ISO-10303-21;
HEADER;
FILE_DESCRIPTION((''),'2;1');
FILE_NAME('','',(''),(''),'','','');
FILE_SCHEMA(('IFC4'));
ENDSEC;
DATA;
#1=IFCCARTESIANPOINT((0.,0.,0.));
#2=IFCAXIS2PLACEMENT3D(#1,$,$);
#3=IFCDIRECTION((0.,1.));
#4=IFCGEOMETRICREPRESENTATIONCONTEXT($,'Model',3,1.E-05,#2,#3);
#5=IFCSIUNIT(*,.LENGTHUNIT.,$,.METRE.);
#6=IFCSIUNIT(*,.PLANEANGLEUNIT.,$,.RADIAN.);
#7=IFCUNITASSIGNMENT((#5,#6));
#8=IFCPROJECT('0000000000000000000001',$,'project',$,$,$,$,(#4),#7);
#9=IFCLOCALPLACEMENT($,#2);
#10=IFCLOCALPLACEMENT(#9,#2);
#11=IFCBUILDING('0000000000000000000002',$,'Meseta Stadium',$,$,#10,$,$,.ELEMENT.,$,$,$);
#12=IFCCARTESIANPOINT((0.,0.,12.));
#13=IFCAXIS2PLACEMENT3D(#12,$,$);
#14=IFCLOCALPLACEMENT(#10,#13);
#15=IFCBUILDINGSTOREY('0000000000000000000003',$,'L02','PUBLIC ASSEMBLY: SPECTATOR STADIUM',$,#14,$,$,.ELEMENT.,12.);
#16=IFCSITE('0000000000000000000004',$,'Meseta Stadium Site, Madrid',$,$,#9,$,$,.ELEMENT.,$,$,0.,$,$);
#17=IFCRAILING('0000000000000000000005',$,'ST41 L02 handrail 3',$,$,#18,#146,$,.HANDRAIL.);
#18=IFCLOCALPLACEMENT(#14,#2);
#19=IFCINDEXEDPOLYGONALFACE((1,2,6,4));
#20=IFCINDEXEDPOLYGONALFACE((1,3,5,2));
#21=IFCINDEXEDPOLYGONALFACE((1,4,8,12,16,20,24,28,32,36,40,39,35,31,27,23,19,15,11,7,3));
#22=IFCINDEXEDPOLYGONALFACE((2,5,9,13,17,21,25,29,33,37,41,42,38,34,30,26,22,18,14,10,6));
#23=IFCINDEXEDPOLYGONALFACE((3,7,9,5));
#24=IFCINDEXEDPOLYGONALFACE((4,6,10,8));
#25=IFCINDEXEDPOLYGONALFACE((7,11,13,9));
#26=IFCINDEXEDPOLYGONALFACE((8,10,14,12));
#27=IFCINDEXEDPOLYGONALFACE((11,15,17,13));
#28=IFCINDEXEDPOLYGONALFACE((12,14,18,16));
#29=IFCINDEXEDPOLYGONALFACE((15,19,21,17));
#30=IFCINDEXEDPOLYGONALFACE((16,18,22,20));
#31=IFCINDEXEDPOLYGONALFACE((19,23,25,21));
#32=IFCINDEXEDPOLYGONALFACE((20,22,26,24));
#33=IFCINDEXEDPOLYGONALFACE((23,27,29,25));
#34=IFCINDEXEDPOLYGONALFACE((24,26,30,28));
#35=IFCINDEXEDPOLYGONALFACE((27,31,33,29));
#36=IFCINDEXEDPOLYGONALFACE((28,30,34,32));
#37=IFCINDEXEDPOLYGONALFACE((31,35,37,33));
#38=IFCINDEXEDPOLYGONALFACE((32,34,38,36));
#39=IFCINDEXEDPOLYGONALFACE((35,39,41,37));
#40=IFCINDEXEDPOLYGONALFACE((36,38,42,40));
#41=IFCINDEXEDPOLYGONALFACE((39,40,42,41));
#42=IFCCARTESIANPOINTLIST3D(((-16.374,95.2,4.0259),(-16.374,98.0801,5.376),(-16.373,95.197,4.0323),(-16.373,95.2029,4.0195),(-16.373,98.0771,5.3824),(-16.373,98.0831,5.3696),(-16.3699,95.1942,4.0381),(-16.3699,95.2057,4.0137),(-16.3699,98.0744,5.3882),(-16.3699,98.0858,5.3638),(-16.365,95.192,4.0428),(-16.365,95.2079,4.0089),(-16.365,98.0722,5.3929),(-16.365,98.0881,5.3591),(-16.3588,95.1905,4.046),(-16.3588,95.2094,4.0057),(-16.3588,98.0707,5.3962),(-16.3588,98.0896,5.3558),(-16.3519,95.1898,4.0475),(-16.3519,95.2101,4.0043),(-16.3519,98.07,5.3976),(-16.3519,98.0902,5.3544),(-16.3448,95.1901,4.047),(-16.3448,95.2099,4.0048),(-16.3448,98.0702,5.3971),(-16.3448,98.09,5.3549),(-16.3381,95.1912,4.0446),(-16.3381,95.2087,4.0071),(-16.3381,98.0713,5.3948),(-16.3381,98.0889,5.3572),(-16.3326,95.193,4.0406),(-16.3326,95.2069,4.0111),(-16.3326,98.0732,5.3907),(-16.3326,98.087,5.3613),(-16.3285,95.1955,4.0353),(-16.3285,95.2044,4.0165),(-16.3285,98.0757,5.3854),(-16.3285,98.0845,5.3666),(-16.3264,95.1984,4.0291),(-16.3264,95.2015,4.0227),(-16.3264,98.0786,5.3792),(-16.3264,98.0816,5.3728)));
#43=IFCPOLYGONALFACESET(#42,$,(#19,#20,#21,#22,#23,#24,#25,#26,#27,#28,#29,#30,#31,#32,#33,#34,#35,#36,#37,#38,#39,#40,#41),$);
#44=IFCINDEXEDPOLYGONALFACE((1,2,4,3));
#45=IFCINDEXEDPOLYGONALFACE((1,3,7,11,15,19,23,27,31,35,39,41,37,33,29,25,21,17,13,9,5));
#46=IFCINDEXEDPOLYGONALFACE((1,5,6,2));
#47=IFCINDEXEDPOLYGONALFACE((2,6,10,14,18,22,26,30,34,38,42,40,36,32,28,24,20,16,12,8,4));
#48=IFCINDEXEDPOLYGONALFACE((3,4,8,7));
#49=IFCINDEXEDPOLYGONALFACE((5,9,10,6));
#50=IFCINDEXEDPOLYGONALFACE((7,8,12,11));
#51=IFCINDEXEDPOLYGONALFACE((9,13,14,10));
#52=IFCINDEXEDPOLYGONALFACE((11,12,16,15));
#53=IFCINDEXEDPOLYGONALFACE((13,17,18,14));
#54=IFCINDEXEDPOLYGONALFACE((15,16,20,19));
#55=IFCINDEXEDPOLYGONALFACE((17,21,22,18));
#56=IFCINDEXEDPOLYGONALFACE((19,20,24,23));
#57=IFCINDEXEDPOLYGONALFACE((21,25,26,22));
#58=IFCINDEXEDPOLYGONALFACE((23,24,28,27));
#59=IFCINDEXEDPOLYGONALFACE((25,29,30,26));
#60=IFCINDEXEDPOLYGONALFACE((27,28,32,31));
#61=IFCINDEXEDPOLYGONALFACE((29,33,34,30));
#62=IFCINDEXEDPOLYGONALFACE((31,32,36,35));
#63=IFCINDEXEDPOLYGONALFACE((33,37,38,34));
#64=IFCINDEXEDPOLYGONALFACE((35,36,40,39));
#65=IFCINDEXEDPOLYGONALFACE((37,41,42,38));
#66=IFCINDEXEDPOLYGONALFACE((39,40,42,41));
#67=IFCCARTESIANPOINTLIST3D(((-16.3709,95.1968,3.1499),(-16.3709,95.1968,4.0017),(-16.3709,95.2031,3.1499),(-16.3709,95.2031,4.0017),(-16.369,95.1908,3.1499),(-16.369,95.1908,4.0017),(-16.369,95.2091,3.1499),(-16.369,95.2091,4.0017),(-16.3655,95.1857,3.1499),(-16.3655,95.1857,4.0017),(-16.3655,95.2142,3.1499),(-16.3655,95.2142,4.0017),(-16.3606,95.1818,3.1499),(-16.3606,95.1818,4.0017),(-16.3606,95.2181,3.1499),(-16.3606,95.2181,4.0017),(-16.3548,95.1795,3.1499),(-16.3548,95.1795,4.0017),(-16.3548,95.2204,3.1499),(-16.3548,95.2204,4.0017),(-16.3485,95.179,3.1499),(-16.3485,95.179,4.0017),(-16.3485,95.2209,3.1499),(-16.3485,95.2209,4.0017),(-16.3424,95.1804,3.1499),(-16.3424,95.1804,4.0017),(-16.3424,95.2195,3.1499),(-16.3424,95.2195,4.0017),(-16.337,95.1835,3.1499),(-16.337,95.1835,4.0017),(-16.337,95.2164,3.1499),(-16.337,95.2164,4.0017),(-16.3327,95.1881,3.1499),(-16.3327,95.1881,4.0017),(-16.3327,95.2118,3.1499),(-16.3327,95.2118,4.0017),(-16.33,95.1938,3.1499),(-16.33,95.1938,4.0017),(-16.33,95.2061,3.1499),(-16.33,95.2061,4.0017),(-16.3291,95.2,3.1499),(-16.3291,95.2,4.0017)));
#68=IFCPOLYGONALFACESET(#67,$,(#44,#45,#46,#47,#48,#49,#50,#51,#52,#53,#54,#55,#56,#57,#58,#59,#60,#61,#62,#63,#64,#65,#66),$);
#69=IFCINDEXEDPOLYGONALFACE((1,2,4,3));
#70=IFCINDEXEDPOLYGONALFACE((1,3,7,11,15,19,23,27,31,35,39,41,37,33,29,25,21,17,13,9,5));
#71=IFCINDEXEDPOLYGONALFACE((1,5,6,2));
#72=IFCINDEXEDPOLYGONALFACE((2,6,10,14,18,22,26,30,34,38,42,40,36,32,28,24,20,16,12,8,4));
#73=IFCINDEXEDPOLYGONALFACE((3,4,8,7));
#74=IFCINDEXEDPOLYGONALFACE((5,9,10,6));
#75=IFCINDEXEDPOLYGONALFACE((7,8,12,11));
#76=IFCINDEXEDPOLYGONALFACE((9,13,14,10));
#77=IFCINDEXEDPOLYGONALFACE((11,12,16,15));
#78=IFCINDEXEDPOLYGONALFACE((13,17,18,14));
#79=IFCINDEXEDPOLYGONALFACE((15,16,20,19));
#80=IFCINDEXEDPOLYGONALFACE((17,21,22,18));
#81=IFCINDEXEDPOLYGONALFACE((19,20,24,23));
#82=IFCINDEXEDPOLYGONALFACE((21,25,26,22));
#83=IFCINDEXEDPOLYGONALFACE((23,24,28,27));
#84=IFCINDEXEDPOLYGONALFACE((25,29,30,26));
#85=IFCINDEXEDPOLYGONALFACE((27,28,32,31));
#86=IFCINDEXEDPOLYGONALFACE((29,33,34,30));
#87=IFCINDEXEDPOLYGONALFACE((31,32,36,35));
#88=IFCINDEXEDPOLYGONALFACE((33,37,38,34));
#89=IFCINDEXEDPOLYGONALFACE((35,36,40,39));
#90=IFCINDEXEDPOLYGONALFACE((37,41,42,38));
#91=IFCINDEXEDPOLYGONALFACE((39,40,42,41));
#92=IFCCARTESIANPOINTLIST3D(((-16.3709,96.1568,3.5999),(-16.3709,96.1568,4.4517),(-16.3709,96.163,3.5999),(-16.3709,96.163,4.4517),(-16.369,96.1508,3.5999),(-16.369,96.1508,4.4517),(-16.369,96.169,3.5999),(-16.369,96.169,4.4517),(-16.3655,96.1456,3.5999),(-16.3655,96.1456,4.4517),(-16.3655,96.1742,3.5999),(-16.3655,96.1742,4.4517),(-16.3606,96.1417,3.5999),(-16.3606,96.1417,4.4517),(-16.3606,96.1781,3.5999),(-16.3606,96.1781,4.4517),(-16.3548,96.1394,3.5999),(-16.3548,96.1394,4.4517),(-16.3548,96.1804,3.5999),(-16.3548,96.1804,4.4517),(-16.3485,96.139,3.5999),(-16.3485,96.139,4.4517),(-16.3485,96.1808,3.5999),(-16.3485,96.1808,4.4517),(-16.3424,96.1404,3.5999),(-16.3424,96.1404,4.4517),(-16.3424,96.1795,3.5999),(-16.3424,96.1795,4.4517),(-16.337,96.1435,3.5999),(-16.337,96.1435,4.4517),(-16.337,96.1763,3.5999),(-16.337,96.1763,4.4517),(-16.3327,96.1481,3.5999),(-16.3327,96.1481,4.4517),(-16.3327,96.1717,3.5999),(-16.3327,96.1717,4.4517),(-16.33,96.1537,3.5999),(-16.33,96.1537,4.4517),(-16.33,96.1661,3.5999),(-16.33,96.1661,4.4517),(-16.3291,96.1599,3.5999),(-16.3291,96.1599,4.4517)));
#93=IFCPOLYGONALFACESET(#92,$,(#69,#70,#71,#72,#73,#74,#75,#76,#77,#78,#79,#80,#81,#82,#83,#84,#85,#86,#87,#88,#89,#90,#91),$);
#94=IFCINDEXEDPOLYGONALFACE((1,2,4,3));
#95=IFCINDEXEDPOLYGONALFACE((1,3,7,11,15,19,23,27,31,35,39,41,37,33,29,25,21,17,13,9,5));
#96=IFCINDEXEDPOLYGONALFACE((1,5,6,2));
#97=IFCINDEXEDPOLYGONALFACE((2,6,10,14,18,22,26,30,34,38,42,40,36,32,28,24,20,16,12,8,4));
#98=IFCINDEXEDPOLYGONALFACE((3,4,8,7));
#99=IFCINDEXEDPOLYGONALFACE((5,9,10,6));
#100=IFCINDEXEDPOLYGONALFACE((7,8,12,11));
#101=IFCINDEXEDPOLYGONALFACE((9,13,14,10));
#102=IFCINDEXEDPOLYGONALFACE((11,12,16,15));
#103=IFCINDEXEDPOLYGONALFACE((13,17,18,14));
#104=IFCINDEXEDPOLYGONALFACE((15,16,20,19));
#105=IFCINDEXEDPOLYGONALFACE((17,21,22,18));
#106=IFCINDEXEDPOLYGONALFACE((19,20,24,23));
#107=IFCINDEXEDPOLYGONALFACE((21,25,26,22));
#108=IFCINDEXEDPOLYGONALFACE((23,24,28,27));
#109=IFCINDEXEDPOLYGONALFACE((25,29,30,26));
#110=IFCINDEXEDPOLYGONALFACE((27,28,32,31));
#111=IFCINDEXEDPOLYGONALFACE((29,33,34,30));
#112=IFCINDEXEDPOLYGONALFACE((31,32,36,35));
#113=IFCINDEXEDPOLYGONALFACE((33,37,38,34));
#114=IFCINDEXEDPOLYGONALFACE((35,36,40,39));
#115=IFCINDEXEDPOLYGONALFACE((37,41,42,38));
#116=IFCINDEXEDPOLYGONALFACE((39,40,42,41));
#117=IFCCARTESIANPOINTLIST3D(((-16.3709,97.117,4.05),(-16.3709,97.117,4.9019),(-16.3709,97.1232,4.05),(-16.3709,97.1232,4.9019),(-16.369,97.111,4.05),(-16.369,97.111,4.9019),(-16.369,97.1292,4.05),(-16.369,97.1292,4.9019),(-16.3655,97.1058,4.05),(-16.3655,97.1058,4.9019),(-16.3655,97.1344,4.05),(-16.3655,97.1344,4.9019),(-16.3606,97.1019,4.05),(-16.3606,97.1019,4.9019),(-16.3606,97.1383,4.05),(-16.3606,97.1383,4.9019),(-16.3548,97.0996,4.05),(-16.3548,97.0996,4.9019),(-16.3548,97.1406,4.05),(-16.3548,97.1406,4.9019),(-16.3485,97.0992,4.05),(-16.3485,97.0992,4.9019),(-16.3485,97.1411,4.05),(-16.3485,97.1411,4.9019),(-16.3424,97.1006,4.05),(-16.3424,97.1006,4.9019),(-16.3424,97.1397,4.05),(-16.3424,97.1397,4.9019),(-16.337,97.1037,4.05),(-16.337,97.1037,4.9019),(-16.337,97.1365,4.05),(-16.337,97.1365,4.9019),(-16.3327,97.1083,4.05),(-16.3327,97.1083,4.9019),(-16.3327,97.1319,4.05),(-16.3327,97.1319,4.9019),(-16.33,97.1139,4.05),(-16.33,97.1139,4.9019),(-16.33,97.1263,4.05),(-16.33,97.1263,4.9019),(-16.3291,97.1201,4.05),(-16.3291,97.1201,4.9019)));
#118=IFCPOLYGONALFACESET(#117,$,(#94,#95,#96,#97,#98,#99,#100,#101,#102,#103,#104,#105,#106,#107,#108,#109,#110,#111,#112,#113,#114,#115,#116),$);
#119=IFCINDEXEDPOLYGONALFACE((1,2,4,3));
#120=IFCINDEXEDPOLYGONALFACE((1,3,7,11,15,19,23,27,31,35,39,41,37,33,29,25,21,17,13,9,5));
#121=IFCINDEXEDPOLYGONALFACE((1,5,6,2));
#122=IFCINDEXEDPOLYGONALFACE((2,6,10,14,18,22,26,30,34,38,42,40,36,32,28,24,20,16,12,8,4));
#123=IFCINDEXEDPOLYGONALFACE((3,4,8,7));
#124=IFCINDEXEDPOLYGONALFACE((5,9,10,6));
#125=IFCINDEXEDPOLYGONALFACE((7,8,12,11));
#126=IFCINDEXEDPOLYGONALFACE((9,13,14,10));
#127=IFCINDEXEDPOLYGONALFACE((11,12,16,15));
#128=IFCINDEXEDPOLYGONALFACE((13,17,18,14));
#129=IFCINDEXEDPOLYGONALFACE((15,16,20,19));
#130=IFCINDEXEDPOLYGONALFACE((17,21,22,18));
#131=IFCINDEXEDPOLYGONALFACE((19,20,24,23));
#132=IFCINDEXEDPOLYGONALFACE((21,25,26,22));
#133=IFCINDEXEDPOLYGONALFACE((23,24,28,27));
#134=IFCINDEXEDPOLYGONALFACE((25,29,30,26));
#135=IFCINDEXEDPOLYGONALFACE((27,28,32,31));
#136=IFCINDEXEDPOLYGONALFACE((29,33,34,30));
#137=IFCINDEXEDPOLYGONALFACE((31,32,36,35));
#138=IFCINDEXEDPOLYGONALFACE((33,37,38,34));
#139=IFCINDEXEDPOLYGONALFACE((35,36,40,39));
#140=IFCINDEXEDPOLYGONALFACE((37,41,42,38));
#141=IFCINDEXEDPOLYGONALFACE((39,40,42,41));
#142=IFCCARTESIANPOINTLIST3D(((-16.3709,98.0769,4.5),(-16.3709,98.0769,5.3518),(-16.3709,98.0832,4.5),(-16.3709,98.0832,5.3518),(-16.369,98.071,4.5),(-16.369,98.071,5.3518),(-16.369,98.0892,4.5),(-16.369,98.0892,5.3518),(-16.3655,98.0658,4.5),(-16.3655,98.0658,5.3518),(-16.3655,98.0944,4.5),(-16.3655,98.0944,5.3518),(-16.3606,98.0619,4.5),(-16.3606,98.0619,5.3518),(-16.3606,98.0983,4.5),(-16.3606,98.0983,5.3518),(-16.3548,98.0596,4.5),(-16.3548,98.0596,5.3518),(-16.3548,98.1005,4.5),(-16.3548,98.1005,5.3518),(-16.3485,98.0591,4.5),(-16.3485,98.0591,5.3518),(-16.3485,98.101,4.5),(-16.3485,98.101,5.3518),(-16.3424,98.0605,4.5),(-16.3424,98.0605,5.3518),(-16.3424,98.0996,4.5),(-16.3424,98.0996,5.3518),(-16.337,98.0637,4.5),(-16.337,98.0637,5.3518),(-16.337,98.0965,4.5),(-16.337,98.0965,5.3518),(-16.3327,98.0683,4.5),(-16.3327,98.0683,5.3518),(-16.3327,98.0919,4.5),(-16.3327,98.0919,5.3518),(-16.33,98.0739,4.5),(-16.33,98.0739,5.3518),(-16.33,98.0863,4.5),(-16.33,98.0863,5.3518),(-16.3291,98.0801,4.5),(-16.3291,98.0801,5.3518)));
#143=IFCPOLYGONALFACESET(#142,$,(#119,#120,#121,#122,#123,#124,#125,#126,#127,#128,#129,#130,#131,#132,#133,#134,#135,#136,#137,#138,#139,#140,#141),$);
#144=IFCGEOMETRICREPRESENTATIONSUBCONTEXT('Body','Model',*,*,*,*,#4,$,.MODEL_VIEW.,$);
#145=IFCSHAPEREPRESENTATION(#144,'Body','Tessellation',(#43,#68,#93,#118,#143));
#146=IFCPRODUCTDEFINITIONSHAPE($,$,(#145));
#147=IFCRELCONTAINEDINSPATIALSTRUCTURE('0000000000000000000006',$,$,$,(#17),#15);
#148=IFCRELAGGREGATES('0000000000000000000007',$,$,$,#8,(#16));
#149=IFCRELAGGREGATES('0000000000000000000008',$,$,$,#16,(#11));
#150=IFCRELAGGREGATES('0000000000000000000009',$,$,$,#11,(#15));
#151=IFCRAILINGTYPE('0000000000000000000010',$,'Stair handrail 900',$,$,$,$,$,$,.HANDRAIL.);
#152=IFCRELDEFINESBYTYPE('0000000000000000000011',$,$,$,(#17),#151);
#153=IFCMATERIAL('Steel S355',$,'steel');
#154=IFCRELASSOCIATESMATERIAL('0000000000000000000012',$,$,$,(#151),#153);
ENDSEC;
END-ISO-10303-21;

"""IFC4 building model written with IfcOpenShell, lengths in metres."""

from ifc_helpers import new_model, si_unit, direction, frame, origin, origin_2d, place, context, subcontext, project, spatial, circle, extrude, material, type_object, element, save


model = new_model("IFC4")

# Units and contexts
model_context = context("Model", 3, precision=1e-05, world=origin(), true_north=direction((0.0, 1.0)))
body_context = subcontext(model_context, "Body", "Model", "MODEL_VIEW")
ifc_project = project(units=[si_unit("LENGTHUNIT", "METRE"), si_unit("PLANEANGLEUNIT", "RADIAN")], contexts=[model_context])

# Site, building, storey
site_placement = place(None, origin())
site = spatial("IfcSite", under=ifc_project, at=site_placement, Name="Meseta Stadium Site, Madrid", CompositionType="ELEMENT", RefElevation=0.0)
building_placement = place(site_placement, origin())
building = spatial("IfcBuilding", under=site, at=building_placement, Name="Meseta Stadium", CompositionType="ELEMENT")
storey_placement = place(building_placement, frame((0.0, 0.0, 12.0)))
storey = spatial("IfcBuildingStorey", under=building, at=storey_placement, Name="L02", Description="PUBLIC ASSEMBLY: SPECTATOR STADIUM", CompositionType="ELEMENT", Elevation=12.0)

# Railing
ifc_material_1 = material(Name="Steel S355", Category="steel")
railing_type_1 = type_object("IfcRailingType", Name="Stair handrail 900", PredefinedType="HANDRAIL", material=ifc_material_1)
for number, where, name in (
    (1, (-16.3501, 95.2, 3.1499), "ST41 L02 handrail 3"),
):
    element("IfcRailing", number, at=place(storey_placement, frame(where)), inside=storey, type_object=railing_type_1, Name=name, PredefinedType="HANDRAIL", context=body_context, shape_type="SweptSolid", body=[
        extrude(circle(Radius=0.0239, at=origin_2d()), frame((0.0, 0.0, 0.876), z_axis=(0.0, 0.905454, 0.424444), x_axis=(-1.0, 0.0, 0.0)), (0.0, 0.0, 1.0), 3.1809),
        extrude(circle(Radius=0.021, at=origin_2d()), origin(), (0.0, 0.0, 1.0), 0.8518),
        extrude(circle(Radius=0.021, at=origin_2d()), frame((0.0, 0.96, 0.45)), (0.0, 0.0, 1.0), 0.8518),
        extrude(circle(Radius=0.021, at=origin_2d()), frame((0.0, 1.9202, 0.9001)), (0.0, 0.0, 1.0), 0.8518),
        extrude(circle(Radius=0.021, at=origin_2d()), frame((0.0, 2.8801, 1.3501)), (0.0, 0.0, 1.0), 0.8518),
    ])

save(model, "model.ifc")
